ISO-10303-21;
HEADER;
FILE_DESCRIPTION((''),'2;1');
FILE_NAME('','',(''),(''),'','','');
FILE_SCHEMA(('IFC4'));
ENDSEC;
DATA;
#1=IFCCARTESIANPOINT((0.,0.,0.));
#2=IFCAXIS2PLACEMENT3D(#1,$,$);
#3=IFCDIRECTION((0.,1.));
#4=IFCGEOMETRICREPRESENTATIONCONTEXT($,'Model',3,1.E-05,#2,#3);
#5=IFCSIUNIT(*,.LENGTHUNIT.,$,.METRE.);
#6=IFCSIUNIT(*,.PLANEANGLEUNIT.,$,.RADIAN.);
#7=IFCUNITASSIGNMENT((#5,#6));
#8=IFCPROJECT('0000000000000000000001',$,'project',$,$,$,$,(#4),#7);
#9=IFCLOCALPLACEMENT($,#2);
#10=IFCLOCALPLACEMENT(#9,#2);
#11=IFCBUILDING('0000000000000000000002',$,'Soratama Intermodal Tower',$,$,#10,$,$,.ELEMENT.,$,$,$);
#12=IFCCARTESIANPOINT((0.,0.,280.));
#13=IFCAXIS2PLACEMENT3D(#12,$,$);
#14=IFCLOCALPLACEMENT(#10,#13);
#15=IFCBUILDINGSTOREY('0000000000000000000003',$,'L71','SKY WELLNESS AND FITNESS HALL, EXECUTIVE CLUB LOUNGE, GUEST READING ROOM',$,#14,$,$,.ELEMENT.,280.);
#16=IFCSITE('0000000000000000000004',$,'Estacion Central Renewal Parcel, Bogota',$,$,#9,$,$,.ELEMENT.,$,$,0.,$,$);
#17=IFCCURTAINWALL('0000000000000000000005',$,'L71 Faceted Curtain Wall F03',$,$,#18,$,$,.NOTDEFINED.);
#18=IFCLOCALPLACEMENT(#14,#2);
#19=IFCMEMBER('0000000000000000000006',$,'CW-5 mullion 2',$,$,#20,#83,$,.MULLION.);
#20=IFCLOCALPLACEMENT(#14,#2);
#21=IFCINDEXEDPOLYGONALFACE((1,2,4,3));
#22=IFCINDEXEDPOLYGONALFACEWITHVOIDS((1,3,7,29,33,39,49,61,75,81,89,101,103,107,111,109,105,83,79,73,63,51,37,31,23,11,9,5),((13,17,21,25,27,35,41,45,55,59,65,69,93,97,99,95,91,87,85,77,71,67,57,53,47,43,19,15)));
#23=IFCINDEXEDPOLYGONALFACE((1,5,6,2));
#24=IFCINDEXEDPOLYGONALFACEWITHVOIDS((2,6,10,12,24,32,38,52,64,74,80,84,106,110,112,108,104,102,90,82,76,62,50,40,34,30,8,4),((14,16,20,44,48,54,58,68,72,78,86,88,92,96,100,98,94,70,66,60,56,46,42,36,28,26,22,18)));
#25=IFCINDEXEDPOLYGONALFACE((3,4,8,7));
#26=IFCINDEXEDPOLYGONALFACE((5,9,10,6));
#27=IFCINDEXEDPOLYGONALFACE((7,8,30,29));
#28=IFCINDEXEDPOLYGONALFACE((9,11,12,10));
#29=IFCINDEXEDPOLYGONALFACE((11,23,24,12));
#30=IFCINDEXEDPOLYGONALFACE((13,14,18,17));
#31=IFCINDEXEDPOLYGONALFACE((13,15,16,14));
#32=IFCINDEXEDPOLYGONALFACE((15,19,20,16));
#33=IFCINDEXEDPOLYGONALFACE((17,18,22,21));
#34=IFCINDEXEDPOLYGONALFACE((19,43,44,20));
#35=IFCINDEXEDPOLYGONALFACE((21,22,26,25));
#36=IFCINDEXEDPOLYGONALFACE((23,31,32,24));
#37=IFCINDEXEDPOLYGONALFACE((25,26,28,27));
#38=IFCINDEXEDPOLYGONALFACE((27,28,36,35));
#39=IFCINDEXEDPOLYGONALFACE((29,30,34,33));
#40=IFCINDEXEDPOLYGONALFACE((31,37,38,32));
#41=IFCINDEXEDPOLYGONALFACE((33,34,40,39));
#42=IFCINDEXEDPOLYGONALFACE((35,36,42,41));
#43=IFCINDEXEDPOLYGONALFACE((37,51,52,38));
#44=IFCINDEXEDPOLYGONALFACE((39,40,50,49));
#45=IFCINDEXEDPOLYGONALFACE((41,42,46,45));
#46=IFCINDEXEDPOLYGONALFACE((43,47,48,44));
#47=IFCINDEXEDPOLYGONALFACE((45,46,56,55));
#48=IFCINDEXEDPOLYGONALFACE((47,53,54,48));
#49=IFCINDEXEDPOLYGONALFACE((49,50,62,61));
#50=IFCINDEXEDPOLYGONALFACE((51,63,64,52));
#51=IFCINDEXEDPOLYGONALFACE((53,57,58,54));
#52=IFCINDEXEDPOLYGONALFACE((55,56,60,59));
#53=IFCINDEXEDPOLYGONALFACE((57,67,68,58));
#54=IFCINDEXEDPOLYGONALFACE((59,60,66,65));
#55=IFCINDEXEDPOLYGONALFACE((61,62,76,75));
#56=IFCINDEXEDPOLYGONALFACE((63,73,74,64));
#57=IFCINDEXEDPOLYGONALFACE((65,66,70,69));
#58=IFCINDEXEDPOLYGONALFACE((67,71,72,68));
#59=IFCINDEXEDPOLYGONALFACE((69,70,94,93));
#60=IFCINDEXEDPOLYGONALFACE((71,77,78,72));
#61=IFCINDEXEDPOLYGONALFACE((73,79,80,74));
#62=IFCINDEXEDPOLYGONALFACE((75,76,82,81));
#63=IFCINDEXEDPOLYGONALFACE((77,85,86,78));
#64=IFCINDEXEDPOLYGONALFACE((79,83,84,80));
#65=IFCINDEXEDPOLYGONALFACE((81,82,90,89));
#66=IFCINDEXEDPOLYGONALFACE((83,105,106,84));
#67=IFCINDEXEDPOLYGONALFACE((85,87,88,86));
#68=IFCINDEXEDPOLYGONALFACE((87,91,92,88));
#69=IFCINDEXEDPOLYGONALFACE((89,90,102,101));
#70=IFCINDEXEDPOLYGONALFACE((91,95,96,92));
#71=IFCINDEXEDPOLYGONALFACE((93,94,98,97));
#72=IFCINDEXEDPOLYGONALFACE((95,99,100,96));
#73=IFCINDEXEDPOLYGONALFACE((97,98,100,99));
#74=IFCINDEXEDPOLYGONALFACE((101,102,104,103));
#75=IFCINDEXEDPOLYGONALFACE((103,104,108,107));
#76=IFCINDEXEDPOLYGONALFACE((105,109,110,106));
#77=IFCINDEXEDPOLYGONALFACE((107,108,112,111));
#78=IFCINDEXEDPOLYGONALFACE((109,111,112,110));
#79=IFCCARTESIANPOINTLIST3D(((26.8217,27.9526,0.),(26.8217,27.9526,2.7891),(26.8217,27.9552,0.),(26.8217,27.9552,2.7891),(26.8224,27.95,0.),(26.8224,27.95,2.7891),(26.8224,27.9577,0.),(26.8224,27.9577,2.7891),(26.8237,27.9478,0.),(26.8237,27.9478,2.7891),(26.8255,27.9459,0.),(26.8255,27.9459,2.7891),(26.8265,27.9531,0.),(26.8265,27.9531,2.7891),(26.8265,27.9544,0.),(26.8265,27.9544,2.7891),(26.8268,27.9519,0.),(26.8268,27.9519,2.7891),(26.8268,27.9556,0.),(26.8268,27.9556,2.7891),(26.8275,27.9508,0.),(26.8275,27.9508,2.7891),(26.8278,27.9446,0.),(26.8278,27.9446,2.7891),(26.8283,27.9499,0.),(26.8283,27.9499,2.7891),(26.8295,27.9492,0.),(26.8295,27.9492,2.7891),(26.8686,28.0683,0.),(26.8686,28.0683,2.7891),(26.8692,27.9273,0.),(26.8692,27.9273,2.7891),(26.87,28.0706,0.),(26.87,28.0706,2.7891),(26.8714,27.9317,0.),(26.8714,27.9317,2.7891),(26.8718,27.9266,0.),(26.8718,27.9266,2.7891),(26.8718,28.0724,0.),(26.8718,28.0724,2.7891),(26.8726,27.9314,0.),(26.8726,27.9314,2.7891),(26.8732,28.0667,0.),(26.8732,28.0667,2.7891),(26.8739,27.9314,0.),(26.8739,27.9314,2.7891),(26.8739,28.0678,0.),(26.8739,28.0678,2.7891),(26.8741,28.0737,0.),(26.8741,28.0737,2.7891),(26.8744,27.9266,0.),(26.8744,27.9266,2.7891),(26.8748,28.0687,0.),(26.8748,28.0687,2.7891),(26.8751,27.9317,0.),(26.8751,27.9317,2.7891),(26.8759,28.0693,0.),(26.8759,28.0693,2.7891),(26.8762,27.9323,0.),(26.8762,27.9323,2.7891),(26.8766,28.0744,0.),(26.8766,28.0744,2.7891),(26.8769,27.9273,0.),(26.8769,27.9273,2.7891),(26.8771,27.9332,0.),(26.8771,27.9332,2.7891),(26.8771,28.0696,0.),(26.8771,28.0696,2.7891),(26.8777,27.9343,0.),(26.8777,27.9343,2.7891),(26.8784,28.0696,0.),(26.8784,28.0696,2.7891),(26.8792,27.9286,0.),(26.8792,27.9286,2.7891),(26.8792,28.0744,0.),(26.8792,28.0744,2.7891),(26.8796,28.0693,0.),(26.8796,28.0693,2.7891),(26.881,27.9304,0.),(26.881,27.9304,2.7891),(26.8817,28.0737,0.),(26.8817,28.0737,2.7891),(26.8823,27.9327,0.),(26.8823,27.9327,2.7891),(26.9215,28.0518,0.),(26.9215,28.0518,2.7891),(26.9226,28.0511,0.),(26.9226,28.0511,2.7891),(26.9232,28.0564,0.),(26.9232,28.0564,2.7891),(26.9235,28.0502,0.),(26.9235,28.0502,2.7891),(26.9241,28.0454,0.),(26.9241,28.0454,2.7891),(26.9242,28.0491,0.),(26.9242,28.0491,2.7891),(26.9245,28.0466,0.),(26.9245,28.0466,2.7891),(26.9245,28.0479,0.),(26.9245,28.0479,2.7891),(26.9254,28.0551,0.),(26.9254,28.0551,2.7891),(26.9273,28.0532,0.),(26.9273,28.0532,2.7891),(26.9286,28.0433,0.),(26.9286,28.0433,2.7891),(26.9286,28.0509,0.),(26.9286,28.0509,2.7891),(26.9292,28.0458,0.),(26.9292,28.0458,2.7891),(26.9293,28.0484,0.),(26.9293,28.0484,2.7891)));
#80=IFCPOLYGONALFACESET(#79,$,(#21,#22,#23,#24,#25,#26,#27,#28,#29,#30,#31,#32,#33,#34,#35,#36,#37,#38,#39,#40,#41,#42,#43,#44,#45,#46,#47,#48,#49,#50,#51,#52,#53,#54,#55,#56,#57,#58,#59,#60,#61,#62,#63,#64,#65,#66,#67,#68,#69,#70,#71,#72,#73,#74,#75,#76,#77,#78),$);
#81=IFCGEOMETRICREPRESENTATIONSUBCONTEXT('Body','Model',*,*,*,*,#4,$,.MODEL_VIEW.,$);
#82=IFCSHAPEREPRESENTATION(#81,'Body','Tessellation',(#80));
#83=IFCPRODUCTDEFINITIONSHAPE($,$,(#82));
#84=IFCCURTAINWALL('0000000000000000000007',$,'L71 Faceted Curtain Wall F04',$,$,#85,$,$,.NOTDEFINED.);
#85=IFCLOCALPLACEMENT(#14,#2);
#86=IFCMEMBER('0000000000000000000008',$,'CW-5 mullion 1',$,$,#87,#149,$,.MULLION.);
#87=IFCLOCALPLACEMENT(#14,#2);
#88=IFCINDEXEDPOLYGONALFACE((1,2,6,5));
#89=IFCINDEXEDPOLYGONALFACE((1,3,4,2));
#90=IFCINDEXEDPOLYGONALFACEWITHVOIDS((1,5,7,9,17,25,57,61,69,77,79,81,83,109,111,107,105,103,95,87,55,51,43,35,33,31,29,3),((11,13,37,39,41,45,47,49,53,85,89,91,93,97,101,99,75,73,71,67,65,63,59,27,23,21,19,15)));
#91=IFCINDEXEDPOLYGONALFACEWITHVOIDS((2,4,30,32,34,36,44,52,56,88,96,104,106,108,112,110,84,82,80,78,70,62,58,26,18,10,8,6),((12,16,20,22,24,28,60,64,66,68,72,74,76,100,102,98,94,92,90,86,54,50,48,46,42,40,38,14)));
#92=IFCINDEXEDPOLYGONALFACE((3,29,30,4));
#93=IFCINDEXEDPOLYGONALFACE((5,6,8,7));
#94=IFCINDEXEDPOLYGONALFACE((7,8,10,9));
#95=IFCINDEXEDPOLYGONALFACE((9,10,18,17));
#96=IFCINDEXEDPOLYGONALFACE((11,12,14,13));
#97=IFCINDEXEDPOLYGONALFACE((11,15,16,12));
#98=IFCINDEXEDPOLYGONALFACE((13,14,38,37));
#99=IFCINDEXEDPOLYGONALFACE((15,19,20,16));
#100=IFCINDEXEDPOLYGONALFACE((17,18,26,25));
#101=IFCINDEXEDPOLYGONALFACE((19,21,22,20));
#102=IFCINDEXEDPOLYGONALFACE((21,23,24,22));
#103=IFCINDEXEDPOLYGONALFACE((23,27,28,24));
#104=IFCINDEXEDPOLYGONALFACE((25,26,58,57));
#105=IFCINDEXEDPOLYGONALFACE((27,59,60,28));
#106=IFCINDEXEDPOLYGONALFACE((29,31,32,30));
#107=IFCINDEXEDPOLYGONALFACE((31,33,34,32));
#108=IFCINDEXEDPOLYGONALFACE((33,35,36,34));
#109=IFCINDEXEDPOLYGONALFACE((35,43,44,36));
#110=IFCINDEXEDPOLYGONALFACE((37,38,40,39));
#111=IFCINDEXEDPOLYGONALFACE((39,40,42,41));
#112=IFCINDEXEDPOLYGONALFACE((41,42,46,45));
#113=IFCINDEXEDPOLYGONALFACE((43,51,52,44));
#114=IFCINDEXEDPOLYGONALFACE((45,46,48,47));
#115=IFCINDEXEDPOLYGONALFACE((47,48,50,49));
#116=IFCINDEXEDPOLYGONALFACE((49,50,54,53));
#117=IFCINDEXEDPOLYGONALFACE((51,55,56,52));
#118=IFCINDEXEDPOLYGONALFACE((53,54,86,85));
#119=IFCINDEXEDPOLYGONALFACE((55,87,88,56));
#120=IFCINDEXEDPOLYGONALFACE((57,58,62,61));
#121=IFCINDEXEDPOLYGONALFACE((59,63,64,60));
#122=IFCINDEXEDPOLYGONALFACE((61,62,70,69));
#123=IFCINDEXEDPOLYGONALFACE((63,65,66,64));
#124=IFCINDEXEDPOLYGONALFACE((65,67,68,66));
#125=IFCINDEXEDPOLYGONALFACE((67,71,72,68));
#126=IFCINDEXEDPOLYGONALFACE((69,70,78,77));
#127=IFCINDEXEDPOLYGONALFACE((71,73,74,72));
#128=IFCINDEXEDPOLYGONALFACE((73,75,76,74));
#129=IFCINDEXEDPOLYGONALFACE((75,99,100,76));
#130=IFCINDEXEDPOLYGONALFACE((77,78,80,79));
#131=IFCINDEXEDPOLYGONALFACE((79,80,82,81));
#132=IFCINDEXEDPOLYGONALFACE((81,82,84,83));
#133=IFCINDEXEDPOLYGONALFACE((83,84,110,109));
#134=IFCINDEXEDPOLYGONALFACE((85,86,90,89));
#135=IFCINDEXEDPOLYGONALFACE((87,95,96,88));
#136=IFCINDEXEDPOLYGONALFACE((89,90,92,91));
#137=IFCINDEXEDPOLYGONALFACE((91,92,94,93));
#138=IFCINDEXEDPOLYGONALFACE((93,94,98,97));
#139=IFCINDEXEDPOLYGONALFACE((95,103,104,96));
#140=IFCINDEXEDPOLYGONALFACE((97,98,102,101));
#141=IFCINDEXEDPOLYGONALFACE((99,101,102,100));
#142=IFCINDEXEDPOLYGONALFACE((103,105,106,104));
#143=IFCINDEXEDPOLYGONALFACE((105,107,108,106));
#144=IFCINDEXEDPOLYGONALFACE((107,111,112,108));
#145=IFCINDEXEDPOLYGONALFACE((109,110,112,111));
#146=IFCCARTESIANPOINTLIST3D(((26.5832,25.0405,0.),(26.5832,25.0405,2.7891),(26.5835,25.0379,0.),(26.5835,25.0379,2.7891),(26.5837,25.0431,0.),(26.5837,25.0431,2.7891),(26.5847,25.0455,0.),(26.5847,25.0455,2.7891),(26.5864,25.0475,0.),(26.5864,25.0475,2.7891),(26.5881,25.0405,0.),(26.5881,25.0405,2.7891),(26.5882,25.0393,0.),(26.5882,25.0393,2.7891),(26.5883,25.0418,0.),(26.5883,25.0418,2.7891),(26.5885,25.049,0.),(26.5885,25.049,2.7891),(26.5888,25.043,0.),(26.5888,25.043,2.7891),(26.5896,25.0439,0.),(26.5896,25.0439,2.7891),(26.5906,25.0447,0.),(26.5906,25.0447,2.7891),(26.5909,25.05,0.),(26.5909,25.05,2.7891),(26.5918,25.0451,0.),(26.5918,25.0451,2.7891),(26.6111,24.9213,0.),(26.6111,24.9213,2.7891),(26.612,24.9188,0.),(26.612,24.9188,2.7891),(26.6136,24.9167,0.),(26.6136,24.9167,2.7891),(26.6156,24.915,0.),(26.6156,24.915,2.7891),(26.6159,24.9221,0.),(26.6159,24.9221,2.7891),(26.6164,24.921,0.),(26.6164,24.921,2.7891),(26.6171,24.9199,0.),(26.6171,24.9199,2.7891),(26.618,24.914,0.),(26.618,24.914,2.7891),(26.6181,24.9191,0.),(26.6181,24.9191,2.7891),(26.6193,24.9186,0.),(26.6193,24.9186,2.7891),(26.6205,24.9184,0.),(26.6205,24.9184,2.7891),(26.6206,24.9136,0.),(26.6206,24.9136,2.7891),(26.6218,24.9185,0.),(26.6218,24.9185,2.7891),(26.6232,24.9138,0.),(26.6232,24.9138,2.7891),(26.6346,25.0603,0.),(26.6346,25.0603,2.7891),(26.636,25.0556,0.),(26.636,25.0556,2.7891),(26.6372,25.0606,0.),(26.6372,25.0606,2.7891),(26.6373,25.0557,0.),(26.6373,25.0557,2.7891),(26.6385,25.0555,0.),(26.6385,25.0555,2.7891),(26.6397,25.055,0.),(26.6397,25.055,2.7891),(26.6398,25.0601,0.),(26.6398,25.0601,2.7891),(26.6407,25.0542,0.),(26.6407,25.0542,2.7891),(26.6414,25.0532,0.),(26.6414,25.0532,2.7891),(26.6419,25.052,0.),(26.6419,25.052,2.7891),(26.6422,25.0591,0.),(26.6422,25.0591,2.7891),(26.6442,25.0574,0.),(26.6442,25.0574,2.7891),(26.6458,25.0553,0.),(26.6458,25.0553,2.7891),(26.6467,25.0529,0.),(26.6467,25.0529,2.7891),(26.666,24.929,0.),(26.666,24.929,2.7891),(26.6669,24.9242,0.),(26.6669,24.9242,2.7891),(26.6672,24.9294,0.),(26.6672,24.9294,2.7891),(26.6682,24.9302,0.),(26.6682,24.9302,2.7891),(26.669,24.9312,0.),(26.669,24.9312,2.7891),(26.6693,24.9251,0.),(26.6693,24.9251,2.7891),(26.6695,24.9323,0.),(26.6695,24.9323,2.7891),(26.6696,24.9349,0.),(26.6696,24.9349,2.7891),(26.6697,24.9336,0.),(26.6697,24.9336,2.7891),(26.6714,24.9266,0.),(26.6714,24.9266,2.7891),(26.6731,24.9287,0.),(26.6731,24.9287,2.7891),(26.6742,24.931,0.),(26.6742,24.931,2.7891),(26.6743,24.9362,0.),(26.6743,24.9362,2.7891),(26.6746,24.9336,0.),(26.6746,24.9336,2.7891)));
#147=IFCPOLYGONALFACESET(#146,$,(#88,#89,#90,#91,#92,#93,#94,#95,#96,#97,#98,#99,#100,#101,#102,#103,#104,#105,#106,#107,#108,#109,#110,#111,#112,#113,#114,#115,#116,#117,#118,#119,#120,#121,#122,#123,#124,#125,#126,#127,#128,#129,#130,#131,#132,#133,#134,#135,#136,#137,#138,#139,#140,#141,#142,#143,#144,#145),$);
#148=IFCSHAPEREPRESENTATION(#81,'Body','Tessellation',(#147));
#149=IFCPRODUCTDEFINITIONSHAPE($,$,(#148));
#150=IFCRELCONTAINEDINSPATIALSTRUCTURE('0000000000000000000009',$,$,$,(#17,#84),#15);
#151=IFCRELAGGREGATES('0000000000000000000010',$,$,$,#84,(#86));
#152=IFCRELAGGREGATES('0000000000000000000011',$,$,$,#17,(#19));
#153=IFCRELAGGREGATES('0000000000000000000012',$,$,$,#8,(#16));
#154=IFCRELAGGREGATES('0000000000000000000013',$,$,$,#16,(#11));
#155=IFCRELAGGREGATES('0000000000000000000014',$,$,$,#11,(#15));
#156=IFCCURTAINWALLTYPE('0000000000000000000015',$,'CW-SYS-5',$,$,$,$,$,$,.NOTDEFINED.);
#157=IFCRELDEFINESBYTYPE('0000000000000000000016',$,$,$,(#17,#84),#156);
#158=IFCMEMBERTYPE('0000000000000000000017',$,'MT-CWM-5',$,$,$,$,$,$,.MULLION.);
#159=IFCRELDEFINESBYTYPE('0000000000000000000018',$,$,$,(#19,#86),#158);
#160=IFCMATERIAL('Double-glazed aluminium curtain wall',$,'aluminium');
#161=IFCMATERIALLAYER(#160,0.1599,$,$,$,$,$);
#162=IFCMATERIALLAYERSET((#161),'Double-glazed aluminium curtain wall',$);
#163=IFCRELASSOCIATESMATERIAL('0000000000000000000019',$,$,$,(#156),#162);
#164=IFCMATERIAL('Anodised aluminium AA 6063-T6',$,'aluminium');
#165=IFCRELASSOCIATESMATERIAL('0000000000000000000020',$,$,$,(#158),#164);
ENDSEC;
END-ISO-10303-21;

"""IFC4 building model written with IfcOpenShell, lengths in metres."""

from ifc_helpers import new_model, si_unit, direction, frame, origin, origin_2d, place, context, subcontext, project, spatial, hollow_rectangle, extrude, material, layer, layer_set, material_profile, profile_set, type_object, element, aggregate, save


model = new_model("IFC4")

# Units and contexts
model_context = context("Model", 3, precision=1e-05, world=origin(), true_north=direction((0.0, 1.0)))
body_context = subcontext(model_context, "Body", "Model", "MODEL_VIEW")
ifc_project = project(units=[si_unit("LENGTHUNIT", "METRE"), si_unit("PLANEANGLEUNIT", "RADIAN")], contexts=[model_context])

# Site, building, storey
site_placement = place(None, origin())
site = spatial("IfcSite", under=ifc_project, at=site_placement, Name="Estacion Central Renewal Parcel, Bogota", CompositionType="ELEMENT", RefElevation=0.0)
building_placement = place(site_placement, origin())
building = spatial("IfcBuilding", under=site, at=building_placement, Name="Soratama Intermodal Tower", CompositionType="ELEMENT")
storey_placement = place(building_placement, frame((0.0, 0.0, 280.0)))
storey = spatial("IfcBuildingStorey", under=building, at=storey_placement, Name="L71", Description="SKY WELLNESS AND FITNESS HALL, EXECUTIVE CLUB LOUNGE, GUEST READING ROOM", CompositionType="ELEMENT", Elevation=280.0)

# Curtain wall, member
ifc_material_1 = material(Name="Double-glazed aluminium curtain wall", Category="aluminium")
ifc_layer_1 = layer(ifc_material_1, 0.1599)
ifc_layer_set_1 = layer_set([ifc_layer_1], Name="Double-glazed aluminium curtain wall")
curtain_wall_type = type_object("IfcCurtainWallType", Name="CW-SYS-5", PredefinedType="NOTDEFINED", material=ifc_layer_set_1)
curtain_wall_1_placement = place(storey_placement, origin())
curtain_wall_1 = element("IfcCurtainWall", 1, at=curtain_wall_1_placement, inside=storey, type_object=curtain_wall_type, Name="L71 Faceted Curtain Wall F03", PredefinedType="NOTDEFINED")
ifc_material_2 = material(Name="Anodised aluminium AA 6063-T6", Category="aluminium")
ifc_material_profile_1 = material_profile(ifc_material_2, hollow_rectangle(XDim=0.0649, YDim=0.1399, WallThickness=0.0049, InnerFilletRadius=0.0049, OuterFilletRadius=0.01, at=origin_2d()), Name="CWM140X65X5")
ifc_profile_set_1 = profile_set([ifc_material_profile_1], Name="Anodised aluminium AA 6063-T6")
member_type_1 = type_object("IfcMemberType", Name="MT-CWM-5", PredefinedType="MULLION", material=ifc_profile_set_1)
member_1_placement = place(storey_placement, frame((26.8755, 28.0005, 0.0), z_axis=(0.0, 0.0, 1.0), x_axis=(0.922673, -0.385583, 0.0)))
member_1 = element("IfcMember", 2, at=member_1_placement, type_object=member_type_1, Name="CW-5 mullion 2", PredefinedType="MULLION", context=body_context, shape_type="SweptSolid", body=[
    extrude(hollow_rectangle(XDim=0.0649, YDim=0.1399, WallThickness=0.0049, InnerFilletRadius=0.0049, OuterFilletRadius=0.01, at=origin_2d()), origin(), (0.0, 0.0, 1.0), 2.7891),
])

# Curtain wall, member
curtain_wall_2_placement = place(storey_placement, origin())
curtain_wall_2 = element("IfcCurtainWall", 3, at=curtain_wall_2_placement, inside=storey, type_object=curtain_wall_type, Name="L71 Faceted Curtain Wall F04", PredefinedType="NOTDEFINED")
member_2_placement = place(storey_placement, frame((26.6289, 24.9871, 0.0), z_axis=(0.0, 0.0, 1.0), x_axis=(0.973097, 0.230395, 0.0)))
member_2 = element("IfcMember", 4, at=member_2_placement, type_object=member_type_1, Name="CW-5 mullion 1", PredefinedType="MULLION", context=body_context, shape_type="SweptSolid", body=[
    extrude(hollow_rectangle(XDim=0.0649, YDim=0.1399, WallThickness=0.0049, InnerFilletRadius=0.0049, OuterFilletRadius=0.01, at=origin_2d()), origin(), (0.0, 0.0, 1.0), 2.7891),
])
aggregate(curtain_wall_2, [member_2])

aggregate(curtain_wall_1, [member_1])

save(model, "model.ifc")
